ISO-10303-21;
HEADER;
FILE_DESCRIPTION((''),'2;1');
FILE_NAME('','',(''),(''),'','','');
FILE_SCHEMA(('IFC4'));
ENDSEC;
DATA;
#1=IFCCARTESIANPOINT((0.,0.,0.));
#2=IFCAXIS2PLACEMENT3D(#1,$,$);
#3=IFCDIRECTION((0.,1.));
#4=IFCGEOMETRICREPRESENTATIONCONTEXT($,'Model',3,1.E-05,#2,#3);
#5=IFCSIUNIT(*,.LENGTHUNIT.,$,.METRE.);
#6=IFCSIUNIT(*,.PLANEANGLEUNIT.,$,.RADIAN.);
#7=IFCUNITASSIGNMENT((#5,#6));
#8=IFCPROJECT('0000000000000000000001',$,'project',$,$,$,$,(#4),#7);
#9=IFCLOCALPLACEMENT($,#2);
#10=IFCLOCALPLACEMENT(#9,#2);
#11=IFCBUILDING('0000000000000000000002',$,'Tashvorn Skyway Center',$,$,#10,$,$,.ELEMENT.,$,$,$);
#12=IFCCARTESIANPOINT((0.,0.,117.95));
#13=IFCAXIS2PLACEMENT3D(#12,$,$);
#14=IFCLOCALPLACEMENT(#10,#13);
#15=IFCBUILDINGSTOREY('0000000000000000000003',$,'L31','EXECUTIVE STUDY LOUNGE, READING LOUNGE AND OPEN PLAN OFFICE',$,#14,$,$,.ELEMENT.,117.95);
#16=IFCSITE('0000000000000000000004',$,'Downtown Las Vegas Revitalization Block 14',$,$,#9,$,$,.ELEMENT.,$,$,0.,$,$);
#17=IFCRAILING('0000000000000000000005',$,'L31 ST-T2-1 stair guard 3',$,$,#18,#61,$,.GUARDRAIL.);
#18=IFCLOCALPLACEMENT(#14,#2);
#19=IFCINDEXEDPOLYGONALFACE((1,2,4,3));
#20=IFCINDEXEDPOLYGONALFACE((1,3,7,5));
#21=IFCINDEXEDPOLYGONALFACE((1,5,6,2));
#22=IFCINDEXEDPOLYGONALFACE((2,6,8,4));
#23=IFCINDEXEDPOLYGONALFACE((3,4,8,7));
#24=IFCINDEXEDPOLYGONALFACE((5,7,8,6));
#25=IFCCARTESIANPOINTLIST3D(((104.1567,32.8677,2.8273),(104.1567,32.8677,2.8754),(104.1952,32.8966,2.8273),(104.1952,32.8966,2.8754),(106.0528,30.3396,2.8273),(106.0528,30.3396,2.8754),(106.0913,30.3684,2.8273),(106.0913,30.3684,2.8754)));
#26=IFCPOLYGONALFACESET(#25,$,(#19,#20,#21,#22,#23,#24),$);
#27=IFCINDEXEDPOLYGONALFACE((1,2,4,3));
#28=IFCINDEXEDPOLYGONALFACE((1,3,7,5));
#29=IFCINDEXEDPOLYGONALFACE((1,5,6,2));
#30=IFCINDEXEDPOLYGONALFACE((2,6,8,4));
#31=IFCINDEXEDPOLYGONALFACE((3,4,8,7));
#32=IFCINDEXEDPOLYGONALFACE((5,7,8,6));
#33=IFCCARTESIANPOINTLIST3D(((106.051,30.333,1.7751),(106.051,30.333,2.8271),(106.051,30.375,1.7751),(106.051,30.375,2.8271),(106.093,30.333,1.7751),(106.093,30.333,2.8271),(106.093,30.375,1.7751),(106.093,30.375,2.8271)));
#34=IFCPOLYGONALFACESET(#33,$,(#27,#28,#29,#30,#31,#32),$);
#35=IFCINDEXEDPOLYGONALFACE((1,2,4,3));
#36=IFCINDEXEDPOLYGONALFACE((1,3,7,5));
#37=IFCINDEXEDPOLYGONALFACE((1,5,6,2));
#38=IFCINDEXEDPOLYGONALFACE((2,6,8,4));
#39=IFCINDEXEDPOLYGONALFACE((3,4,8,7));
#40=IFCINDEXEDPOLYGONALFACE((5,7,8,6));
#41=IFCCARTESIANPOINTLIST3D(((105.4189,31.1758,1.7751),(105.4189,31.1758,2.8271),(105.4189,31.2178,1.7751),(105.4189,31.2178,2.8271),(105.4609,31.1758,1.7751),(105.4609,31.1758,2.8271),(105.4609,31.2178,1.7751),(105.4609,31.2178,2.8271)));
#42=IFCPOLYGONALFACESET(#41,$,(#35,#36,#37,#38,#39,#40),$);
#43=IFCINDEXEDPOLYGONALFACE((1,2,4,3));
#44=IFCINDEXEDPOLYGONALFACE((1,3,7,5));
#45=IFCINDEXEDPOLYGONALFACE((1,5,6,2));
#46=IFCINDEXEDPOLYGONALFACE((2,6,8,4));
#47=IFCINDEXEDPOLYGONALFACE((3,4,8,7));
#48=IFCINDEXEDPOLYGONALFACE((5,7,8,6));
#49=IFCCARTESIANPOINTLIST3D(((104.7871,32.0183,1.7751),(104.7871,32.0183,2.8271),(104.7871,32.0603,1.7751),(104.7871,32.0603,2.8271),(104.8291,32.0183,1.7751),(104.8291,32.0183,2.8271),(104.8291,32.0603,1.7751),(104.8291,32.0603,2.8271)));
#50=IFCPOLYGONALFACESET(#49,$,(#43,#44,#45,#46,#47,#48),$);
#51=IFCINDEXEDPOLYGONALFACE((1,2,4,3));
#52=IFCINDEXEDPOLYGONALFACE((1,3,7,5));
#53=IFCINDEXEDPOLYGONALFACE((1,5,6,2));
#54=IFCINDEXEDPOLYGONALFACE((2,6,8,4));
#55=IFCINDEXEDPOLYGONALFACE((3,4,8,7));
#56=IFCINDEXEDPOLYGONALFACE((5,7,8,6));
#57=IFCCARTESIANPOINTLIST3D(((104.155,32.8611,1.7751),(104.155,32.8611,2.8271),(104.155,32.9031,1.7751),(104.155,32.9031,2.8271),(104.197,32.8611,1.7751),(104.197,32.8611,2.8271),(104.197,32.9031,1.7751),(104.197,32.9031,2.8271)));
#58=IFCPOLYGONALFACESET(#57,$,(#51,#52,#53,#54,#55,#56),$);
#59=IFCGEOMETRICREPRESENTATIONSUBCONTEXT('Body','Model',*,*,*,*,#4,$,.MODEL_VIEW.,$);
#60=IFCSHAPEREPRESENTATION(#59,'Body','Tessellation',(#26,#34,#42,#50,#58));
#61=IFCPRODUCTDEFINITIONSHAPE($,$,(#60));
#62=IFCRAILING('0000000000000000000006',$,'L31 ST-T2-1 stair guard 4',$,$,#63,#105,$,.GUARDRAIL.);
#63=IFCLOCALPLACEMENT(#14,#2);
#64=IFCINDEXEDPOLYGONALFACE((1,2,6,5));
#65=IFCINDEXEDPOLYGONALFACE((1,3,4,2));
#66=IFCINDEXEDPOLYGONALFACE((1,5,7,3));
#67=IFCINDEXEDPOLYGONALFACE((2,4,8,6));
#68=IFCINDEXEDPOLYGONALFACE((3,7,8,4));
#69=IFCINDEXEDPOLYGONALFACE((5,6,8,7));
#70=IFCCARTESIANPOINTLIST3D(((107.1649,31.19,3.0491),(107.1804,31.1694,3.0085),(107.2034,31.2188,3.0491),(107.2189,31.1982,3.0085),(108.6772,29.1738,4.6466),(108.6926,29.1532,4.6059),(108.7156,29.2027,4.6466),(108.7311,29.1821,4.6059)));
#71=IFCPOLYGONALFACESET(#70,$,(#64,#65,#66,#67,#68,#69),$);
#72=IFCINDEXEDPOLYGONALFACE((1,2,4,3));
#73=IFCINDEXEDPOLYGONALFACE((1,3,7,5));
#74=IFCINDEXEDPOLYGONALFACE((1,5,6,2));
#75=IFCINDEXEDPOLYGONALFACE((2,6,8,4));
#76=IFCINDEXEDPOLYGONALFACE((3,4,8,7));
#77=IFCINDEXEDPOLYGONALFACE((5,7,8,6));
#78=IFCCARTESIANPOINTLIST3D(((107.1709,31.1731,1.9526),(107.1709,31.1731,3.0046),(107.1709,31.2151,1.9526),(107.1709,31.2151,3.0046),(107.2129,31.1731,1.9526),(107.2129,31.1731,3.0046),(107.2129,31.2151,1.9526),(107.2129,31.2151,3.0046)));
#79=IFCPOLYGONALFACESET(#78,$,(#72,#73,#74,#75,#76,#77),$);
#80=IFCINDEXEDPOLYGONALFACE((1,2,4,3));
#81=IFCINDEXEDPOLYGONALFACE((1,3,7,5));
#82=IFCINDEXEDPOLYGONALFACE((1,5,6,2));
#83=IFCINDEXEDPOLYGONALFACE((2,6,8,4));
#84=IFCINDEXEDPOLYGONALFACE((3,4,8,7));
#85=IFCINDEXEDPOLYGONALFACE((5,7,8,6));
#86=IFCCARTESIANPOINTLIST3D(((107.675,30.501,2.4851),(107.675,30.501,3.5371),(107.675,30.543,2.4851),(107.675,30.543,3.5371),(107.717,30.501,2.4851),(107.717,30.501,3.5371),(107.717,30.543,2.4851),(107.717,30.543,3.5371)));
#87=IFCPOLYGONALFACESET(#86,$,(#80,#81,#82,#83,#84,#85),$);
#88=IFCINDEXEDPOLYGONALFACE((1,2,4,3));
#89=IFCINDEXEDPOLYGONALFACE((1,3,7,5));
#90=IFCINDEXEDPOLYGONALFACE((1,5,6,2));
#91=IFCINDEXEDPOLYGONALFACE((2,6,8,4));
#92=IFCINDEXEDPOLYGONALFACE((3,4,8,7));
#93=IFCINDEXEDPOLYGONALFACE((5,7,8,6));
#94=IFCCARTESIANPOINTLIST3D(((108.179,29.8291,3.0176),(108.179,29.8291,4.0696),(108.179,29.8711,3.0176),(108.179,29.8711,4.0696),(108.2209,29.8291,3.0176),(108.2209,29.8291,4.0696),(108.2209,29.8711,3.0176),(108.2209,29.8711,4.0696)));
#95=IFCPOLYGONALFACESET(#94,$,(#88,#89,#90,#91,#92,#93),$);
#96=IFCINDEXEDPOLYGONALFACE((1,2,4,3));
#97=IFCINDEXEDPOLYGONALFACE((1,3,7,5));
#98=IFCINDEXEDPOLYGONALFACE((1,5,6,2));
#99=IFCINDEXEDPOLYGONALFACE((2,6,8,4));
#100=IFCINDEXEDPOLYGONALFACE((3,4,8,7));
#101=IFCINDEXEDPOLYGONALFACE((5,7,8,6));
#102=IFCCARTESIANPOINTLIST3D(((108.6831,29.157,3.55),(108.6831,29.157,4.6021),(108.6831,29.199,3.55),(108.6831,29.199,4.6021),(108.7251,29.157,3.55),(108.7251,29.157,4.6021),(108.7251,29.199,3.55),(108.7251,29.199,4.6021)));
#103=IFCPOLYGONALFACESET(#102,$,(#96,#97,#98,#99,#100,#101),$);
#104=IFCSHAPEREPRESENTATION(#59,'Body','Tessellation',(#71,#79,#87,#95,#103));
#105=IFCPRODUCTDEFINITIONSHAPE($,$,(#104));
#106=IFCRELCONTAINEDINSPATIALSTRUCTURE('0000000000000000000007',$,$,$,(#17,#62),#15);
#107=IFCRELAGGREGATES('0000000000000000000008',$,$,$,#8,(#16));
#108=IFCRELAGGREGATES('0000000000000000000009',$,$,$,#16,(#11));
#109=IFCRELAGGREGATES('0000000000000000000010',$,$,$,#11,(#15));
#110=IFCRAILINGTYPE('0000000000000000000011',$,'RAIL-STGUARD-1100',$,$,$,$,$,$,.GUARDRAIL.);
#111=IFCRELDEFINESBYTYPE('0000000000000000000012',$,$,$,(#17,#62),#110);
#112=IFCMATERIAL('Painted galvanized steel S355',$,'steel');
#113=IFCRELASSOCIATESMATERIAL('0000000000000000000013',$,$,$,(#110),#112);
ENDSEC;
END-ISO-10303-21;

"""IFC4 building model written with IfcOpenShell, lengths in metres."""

from ifc_helpers import new_model, si_unit, direction, frame, origin, origin_2d, place, context, subcontext, project, spatial, rectangle, extrude, material, type_object, element, save


model = new_model("IFC4")

# Units and contexts
model_context = context("Model", 3, precision=1e-05, world=origin(), true_north=direction((0.0, 1.0)))
body_context = subcontext(model_context, "Body", "Model", "MODEL_VIEW")
ifc_project = project(units=[si_unit("LENGTHUNIT", "METRE"), si_unit("PLANEANGLEUNIT", "RADIAN")], contexts=[model_context])

# Site, building, storey
site_placement = place(None, origin())
site = spatial("IfcSite", under=ifc_project, at=site_placement, Name="Downtown Las Vegas Revitalization Block 14", CompositionType="ELEMENT", RefElevation=0.0)
building_placement = place(site_placement, origin())
building = spatial("IfcBuilding", under=site, at=building_placement, Name="Tashvorn Skyway Center", CompositionType="ELEMENT")
storey_placement = place(building_placement, frame((0.0, 0.0, 117.95)))
storey = spatial("IfcBuildingStorey", under=building, at=storey_placement, Name="L31", Description="EXECUTIVE STUDY LOUNGE, READING LOUNGE AND OPEN PLAN OFFICE", CompositionType="ELEMENT", Elevation=117.95)

# Railings
ifc_material_1 = material(Name="Painted galvanized steel S355", Category="steel")
railing_type_1 = type_object("IfcRailingType", Name="RAIL-STGUARD-1100", PredefinedType="GUARDRAIL", material=ifc_material_1)
railing_1_placement = place(storey_placement, frame((106.072, 30.354, 1.7751)))
element("IfcRailing", 1, at=railing_1_placement, inside=storey, type_object=railing_type_1, Name="L31 ST-T2-1 stair guard 3", PredefinedType="GUARDRAIL", context=body_context, shape_type="SweptSolid", body=[
    extrude(rectangle(XDim=0.0481, YDim=0.0481, at=origin_2d()), frame((0.0, 0.0, 1.0762), z_axis=(-0.599988, 0.800009, 0.0), x_axis=(-0.800009, -0.599988, 0.0)), (0.0, 0.0, 1.0), 3.1602),
    extrude(rectangle(XDim=0.042, YDim=0.042, at=origin_2d()), origin(), (0.0, 0.0, 1.0), 1.052),
    extrude(rectangle(XDim=0.042, YDim=0.042, at=origin_2d()), frame((-0.6321, 0.8428, 0.0)), (0.0, 0.0, 1.0), 1.052),
    extrude(rectangle(XDim=0.042, YDim=0.042, at=origin_2d()), frame((-1.2639, 1.6853, 0.0)), (0.0, 0.0, 1.0), 1.052),
    extrude(rectangle(XDim=0.042, YDim=0.042, at=origin_2d()), frame((-1.896, 2.5281, 0.0)), (0.0, 0.0, 1.0), 1.052),
])
railing_2_placement = place(storey_placement, frame((107.1919, 31.1941, 1.9526)))
element("IfcRailing", 2, at=railing_2_placement, inside=storey, type_object=railing_type_1, Name="L31 ST-T2-1 stair guard 4", PredefinedType="GUARDRAIL", context=body_context, shape_type="SweptSolid", body=[
    extrude(rectangle(XDim=0.0481, YDim=0.0481, at=origin_2d()), frame((0.0, 0.0, 1.0762), z_axis=(0.506802, -0.675681, 0.535357), x_axis=(0.799977, 0.600031, 0.0)), (0.0, 0.0, 1.0), 2.9839),
    extrude(rectangle(XDim=0.042, YDim=0.042, at=origin_2d()), origin(), (0.0, 0.0, 1.0), 1.052),
    extrude(rectangle(XDim=0.042, YDim=0.042, at=origin_2d()), frame((0.5042, -0.6721, 0.5325)), (0.0, 0.0, 1.0), 1.052),
    extrude(rectangle(XDim=0.042, YDim=0.042, at=origin_2d()), frame((1.0081, -1.344, 1.0649)), (0.0, 0.0, 1.0), 1.052),
    extrude(rectangle(XDim=0.042, YDim=0.042, at=origin_2d()), frame((1.5122, -2.0161, 1.5974)), (0.0, 0.0, 1.0), 1.052),
])

save(model, "model.ifc")
